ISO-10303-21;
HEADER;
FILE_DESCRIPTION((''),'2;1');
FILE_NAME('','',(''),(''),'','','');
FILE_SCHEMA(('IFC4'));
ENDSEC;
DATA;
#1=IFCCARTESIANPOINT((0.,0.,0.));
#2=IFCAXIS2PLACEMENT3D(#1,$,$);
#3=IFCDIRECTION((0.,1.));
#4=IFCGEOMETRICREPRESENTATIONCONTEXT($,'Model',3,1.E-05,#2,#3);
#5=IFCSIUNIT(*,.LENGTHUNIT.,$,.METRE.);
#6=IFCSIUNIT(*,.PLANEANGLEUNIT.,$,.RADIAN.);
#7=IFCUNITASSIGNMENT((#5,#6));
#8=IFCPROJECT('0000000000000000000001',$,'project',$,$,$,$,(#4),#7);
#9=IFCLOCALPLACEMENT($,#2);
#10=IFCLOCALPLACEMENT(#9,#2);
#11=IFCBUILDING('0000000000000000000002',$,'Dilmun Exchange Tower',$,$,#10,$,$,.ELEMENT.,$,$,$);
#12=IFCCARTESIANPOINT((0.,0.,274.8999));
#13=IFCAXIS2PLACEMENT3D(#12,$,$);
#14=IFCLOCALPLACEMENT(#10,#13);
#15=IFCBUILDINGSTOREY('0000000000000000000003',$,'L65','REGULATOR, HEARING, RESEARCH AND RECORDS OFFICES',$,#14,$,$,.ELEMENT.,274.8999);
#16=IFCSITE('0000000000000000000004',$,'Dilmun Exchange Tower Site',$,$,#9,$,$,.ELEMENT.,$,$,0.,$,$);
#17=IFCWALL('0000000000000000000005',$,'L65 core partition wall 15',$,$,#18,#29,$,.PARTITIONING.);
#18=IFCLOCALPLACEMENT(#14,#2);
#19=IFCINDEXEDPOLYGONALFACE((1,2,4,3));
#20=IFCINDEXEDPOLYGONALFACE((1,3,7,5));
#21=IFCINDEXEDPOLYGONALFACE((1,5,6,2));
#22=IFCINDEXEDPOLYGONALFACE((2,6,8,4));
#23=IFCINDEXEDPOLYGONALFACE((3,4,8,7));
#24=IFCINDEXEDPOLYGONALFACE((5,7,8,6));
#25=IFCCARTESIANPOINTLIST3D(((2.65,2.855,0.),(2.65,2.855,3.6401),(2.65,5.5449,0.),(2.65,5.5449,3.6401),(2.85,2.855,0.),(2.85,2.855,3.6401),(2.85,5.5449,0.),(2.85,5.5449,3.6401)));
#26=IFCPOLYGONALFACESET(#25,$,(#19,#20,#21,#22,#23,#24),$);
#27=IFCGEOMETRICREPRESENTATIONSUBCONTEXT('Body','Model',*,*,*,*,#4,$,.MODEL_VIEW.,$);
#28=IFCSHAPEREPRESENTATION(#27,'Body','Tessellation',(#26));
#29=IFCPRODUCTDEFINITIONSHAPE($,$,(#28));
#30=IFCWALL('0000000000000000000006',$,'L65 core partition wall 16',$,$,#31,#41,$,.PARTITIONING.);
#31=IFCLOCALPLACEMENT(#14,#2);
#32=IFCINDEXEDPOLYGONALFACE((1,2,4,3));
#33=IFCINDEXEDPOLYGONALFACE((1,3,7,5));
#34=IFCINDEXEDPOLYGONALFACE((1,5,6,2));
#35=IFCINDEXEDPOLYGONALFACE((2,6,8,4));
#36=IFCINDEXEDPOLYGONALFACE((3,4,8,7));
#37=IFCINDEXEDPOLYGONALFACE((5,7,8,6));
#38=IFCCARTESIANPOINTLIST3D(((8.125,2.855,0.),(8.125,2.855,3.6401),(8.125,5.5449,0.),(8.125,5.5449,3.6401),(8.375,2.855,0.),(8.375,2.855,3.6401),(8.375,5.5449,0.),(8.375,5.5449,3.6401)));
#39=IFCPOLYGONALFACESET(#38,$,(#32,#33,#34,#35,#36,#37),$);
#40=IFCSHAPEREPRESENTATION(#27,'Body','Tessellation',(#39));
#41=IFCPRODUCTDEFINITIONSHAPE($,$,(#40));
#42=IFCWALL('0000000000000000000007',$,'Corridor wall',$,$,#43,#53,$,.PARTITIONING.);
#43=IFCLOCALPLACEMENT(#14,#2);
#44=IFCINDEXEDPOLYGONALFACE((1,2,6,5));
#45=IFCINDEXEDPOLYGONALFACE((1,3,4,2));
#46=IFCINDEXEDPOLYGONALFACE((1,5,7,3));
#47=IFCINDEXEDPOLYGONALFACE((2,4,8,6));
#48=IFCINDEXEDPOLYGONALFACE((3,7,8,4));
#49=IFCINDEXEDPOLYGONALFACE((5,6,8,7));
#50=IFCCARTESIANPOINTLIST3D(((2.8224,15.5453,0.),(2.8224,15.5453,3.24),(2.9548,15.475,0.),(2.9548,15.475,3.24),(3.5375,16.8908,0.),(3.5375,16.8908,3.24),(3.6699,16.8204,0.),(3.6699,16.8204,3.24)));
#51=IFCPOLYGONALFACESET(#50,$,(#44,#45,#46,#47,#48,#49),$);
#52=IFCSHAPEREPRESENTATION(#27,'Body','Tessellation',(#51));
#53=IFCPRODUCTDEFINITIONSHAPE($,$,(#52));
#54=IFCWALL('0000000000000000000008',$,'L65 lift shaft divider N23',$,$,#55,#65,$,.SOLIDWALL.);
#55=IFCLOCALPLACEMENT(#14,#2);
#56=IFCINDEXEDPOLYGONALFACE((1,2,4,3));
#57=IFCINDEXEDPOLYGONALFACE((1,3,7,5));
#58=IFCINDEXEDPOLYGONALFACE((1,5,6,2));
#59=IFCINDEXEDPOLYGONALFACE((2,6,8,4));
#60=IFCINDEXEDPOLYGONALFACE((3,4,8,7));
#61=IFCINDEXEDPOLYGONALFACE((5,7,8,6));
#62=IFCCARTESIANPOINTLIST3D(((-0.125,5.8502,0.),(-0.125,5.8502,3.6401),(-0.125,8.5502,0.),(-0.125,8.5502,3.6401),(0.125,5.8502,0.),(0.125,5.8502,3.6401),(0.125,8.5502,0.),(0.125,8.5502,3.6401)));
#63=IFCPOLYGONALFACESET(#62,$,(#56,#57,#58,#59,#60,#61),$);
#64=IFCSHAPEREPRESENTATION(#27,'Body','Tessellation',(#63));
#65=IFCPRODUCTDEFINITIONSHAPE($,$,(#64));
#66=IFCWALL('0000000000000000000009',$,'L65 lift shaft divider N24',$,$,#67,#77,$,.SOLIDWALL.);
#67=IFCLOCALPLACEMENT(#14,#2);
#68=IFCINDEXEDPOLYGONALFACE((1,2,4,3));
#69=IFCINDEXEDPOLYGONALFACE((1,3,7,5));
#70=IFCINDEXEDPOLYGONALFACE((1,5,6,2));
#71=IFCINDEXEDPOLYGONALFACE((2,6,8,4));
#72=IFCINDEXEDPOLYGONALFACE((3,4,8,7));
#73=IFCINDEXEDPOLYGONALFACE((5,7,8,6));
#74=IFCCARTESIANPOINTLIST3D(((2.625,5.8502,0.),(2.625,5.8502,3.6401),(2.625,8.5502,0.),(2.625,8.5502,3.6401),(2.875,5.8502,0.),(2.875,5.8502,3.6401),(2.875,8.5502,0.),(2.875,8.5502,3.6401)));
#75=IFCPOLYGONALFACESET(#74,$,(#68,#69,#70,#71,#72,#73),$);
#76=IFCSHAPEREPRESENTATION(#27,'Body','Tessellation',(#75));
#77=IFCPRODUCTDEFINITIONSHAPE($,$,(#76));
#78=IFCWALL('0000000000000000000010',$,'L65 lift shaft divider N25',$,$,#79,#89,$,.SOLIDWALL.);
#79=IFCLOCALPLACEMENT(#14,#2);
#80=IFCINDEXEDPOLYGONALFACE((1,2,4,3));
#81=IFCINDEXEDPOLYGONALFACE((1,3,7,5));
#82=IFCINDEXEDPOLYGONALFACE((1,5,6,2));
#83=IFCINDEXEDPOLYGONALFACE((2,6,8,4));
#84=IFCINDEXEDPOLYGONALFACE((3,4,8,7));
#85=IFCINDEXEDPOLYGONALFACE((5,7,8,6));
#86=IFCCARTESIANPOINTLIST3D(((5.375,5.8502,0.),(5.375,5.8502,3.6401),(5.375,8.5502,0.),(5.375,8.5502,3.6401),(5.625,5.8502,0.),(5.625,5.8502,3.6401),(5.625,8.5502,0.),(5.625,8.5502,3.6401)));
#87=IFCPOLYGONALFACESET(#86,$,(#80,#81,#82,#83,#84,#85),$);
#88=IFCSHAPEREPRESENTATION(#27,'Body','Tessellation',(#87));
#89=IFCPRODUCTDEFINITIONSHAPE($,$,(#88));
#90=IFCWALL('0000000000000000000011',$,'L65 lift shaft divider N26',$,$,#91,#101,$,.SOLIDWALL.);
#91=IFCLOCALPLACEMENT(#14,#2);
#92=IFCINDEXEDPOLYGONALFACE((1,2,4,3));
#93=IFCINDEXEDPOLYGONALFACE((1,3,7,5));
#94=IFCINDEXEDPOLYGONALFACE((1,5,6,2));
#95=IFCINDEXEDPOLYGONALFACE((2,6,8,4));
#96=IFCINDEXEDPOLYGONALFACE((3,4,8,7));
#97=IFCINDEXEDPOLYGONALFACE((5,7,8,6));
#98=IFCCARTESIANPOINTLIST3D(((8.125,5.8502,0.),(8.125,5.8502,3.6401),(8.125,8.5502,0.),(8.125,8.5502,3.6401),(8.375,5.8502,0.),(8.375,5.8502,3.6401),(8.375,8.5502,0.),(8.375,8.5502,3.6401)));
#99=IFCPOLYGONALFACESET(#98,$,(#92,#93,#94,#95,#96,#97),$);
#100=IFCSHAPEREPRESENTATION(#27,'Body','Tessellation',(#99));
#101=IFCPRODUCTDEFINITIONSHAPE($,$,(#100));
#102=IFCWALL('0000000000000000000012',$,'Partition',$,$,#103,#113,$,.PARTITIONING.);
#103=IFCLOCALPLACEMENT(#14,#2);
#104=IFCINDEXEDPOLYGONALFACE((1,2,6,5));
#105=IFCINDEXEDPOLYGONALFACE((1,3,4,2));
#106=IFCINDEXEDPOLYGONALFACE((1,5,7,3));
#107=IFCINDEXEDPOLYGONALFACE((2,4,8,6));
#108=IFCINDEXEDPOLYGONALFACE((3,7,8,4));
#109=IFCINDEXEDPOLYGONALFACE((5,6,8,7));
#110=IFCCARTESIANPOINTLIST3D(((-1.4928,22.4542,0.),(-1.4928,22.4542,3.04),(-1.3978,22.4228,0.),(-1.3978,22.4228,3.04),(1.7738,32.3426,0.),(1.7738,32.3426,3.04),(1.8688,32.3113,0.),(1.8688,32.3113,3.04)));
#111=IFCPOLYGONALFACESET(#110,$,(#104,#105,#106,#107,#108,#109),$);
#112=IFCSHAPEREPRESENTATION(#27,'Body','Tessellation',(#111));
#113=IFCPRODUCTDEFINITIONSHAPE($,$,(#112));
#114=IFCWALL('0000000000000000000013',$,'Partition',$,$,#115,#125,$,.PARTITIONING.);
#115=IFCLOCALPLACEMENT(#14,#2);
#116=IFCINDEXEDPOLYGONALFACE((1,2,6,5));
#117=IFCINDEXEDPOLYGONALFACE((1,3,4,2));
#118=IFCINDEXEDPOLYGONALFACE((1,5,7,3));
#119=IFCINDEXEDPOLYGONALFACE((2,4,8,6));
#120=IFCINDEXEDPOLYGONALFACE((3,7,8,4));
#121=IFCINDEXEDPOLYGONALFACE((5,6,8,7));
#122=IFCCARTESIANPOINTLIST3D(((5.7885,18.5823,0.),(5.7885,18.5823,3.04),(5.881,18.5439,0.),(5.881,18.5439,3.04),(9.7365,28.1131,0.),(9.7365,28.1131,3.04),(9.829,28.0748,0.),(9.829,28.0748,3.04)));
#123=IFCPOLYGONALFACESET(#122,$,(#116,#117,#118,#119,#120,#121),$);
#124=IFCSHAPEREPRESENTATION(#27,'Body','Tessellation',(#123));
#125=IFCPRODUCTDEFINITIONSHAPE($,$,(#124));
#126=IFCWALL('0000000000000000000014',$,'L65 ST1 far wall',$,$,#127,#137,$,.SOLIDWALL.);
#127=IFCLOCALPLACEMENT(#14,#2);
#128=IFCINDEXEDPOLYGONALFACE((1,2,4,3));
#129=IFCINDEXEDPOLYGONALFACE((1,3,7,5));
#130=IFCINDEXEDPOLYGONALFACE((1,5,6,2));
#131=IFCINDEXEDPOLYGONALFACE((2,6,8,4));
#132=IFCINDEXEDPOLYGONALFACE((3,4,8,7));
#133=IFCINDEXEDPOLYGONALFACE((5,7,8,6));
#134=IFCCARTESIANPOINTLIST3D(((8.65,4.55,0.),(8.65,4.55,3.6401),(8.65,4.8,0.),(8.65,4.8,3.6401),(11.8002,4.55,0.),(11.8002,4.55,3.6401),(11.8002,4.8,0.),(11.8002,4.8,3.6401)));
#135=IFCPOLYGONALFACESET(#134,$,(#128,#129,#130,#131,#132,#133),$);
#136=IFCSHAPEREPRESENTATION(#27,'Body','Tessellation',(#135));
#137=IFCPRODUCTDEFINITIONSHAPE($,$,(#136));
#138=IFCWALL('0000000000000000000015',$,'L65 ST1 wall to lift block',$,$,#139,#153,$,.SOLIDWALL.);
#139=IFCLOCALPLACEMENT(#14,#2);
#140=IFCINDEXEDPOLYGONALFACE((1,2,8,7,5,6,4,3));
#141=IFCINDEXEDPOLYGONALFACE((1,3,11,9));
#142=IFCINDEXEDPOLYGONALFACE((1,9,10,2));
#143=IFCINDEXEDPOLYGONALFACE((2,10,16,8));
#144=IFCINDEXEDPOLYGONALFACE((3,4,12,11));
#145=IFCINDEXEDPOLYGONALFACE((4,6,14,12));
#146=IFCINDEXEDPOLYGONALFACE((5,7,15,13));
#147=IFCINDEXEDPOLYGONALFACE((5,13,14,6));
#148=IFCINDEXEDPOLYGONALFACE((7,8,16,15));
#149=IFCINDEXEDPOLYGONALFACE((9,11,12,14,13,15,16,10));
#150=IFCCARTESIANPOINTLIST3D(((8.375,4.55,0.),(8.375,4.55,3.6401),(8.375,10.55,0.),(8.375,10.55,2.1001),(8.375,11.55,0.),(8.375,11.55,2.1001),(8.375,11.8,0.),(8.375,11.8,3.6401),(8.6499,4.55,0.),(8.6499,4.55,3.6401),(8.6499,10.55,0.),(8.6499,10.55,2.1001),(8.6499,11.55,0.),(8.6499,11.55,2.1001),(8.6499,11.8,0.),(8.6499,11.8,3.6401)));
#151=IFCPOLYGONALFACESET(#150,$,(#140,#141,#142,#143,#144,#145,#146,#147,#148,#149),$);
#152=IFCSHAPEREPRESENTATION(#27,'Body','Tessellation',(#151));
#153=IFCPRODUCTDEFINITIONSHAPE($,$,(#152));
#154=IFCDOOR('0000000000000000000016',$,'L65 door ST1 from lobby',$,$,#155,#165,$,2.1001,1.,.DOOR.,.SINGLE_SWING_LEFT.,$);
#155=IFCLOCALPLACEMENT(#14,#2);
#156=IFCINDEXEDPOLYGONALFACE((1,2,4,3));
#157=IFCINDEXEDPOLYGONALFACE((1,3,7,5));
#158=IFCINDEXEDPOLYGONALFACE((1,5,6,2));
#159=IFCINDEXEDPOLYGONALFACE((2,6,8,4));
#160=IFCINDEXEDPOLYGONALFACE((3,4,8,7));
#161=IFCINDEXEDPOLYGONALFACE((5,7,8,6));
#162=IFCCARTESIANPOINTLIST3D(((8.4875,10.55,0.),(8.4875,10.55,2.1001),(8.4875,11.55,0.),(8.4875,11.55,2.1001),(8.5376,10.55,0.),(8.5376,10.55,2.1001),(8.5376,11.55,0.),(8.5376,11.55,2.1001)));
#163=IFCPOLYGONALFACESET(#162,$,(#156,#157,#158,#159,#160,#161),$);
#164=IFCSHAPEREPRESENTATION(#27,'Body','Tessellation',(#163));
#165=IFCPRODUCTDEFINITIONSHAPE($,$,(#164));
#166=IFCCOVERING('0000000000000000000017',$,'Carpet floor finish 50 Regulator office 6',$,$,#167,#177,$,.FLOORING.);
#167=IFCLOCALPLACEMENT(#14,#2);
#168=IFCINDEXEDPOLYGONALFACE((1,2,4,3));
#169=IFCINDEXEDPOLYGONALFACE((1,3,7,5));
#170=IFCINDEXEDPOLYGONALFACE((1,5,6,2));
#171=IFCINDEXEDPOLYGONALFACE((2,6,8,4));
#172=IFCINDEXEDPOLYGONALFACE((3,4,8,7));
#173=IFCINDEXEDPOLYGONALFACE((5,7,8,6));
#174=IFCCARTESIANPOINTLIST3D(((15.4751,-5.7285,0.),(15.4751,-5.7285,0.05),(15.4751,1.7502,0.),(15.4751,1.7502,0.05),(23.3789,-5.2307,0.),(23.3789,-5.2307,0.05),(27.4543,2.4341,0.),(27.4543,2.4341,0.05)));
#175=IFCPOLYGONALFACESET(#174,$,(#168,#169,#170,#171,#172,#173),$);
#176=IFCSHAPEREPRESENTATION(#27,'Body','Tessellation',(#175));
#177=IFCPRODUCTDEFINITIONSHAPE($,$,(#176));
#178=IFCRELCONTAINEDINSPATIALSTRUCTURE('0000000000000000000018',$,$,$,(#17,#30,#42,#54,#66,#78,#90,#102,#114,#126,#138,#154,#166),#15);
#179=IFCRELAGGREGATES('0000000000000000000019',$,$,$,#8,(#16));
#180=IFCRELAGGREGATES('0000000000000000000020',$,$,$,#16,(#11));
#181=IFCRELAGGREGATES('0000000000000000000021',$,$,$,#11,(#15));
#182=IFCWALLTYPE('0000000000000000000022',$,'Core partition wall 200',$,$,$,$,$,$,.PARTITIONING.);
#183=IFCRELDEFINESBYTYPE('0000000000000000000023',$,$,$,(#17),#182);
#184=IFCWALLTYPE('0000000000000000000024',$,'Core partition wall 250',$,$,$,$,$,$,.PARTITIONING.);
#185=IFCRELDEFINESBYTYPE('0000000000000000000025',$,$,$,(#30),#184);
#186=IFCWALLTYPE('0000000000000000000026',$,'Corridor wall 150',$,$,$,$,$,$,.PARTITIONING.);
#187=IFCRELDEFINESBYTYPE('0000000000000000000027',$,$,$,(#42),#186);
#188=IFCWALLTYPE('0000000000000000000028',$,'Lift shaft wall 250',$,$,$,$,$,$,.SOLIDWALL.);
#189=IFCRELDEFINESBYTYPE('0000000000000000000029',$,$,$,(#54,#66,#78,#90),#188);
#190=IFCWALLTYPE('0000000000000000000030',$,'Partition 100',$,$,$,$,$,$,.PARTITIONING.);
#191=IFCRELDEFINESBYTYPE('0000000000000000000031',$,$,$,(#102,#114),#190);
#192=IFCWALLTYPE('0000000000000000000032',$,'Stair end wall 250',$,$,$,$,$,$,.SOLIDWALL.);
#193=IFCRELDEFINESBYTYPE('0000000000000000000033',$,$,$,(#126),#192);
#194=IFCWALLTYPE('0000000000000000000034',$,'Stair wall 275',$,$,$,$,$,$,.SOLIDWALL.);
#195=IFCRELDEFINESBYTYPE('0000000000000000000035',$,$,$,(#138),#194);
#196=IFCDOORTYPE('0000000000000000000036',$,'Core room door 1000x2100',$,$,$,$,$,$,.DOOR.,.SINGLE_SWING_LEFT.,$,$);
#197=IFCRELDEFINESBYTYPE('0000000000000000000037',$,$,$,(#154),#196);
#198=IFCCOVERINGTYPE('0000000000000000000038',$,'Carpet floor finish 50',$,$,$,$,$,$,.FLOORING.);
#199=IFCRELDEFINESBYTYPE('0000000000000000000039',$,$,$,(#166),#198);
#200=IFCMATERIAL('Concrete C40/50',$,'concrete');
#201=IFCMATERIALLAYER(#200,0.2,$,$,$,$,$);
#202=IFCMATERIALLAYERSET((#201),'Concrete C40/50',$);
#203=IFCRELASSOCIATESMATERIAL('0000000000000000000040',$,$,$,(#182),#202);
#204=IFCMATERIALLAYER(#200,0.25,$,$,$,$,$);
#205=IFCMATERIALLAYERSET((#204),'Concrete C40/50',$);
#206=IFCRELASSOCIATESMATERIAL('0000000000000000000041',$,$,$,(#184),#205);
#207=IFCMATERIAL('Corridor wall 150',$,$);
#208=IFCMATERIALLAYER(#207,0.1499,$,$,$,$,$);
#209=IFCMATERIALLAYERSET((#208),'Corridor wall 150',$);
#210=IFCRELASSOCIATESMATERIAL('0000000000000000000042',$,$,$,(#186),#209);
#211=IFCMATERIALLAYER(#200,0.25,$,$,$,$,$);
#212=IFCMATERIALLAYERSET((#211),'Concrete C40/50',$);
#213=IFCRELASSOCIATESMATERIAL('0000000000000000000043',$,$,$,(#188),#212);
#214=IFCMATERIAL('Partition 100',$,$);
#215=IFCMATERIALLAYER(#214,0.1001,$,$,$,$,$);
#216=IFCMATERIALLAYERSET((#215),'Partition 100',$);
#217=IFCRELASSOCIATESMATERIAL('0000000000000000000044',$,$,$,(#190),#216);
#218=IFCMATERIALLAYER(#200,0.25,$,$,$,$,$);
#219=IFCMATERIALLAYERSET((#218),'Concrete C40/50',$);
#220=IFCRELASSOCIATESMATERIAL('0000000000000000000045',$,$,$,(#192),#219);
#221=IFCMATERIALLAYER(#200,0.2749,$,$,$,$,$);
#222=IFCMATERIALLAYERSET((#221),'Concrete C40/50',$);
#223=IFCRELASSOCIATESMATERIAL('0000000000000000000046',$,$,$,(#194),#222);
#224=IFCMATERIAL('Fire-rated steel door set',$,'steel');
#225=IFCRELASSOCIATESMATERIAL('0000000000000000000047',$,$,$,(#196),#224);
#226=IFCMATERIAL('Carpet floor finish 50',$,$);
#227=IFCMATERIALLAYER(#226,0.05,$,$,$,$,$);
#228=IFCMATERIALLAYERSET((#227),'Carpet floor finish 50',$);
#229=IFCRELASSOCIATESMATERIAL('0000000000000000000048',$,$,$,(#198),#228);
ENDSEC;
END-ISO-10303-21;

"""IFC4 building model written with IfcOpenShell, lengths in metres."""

from ifc_helpers import new_model, si_unit, direction, frame, frame_2d, origin, place, context, subcontext, project, spatial, polyline, rectangle, outline, extrude, material, layer, layer_set, type_object, element, fill, save


model = new_model("IFC4")

# Units and contexts
model_context = context("Model", 3, precision=1e-05, world=origin(), true_north=direction((0.0, 1.0)))
body_context = subcontext(model_context, "Body", "Model", "MODEL_VIEW")
ifc_project = project(units=[si_unit("LENGTHUNIT", "METRE"), si_unit("PLANEANGLEUNIT", "RADIAN")], contexts=[model_context])

# Site, building, storey
site_placement = place(None, origin())
site = spatial("IfcSite", under=ifc_project, at=site_placement, Name="Dilmun Exchange Tower Site", CompositionType="ELEMENT", RefElevation=0.0)
building_placement = place(site_placement, origin())
building = spatial("IfcBuilding", under=site, at=building_placement, Name="Dilmun Exchange Tower", CompositionType="ELEMENT")
storey_placement = place(building_placement, frame((0.0, 0.0, 274.8999)))
storey = spatial("IfcBuildingStorey", under=building, at=storey_placement, Name="L65", Description="REGULATOR, HEARING, RESEARCH AND RECORDS OFFICES", CompositionType="ELEMENT", Elevation=274.8999)

# Shared definitions
ifc_material_1 = material(Name="Concrete C40/50", Category="concrete")

# Walls
ifc_layer_1 = layer(ifc_material_1, 0.2)
ifc_layer_set_1 = layer_set([ifc_layer_1], Name="Concrete C40/50")
wall_type_1 = type_object("IfcWallType", Name="Core partition wall 200", PredefinedType="PARTITIONING", material=ifc_layer_set_1)
wall_1_placement = place(storey_placement, frame((2.75, 2.855, 0.0), z_axis=(0.0, 0.0, 1.0), x_axis=(0.0, 1.0, 0.0)))
element("IfcWall", 1, at=wall_1_placement, inside=storey, type_object=wall_type_1, Name="L65 core partition wall 15", PredefinedType="PARTITIONING", context=body_context, shape_type="SweptSolid", body=[
    extrude(rectangle(XDim=2.6899, YDim=0.2, at=frame_2d((1.345, 0.0))), origin(), (0.0, 0.0, 1.0), 3.6401),
])
ifc_layer_2 = layer(ifc_material_1, 0.25)
ifc_layer_set_2 = layer_set([ifc_layer_2], Name="Concrete C40/50")
wall_type_2 = type_object("IfcWallType", Name="Core partition wall 250", PredefinedType="PARTITIONING", material=ifc_layer_set_2)
wall_2_placement = place(storey_placement, frame((8.25, 2.855, 0.0), z_axis=(0.0, 0.0, 1.0), x_axis=(0.0, 1.0, 0.0)))
element("IfcWall", 2, at=wall_2_placement, inside=storey, type_object=wall_type_2, Name="L65 core partition wall 16", PredefinedType="PARTITIONING", context=body_context, shape_type="SweptSolid", body=[
    extrude(rectangle(XDim=2.6899, YDim=0.25, at=frame_2d((1.345, 0.0))), origin(), (0.0, 0.0, 1.0), 3.6401),
])
ifc_material_2 = material(Name="Corridor wall 150")
ifc_layer_3 = layer(ifc_material_2, 0.1499)
ifc_layer_set_3 = layer_set([ifc_layer_3], Name="Corridor wall 150")
wall_type_3 = type_object("IfcWallType", Name="Corridor wall 150", PredefinedType="PARTITIONING", material=ifc_layer_set_3)
wall_3_placement = place(storey_placement, frame((2.8887, 15.5103, 0.0), z_axis=(0.0, 0.0, 1.0), x_axis=(0.469315, 0.883031, 0.0)))
element("IfcWall", 3, at=wall_3_placement, inside=storey, type_object=wall_type_3, Name="Corridor wall", PredefinedType="PARTITIONING", context=body_context, shape_type="SweptSolid", body=[
    extrude(rectangle(XDim=1.5237, YDim=0.1499, at=frame_2d((0.7617, 0.0))), origin(), (0.0, 0.0, 1.0), 3.24),
])
ifc_layer_4 = layer(ifc_material_1, 0.25)
ifc_layer_set_4 = layer_set([ifc_layer_4], Name="Concrete C40/50")
wall_type_4 = type_object("IfcWallType", Name="Lift shaft wall 250", PredefinedType="SOLIDWALL", material=ifc_layer_set_4)
for number, where, z_axis, x_axis, name in (
    (4, (0.0, 5.8501, 0.0), (0.0, 0.0, 1.0), (0.0, 1.0, 0.0), "L65 lift shaft divider N23"),
    (5, (2.75, 5.8501, 0.0), (0.0, 0.0, 1.0), (0.0, 1.0, 0.0), "L65 lift shaft divider N24"),
    (6, (5.5, 5.8501, 0.0), (0.0, 0.0, 1.0), (0.0, 1.0, 0.0), "L65 lift shaft divider N25"),
    (7, (8.25, 5.8501, 0.0), (0.0, 0.0, 1.0), (0.0, 1.0, 0.0), "L65 lift shaft divider N26"),
):
    element("IfcWall", number, at=place(storey_placement, frame(where, z_axis=z_axis, x_axis=x_axis)), inside=storey, type_object=wall_type_4, Name=name, PredefinedType="SOLIDWALL", context=body_context, shape_type="SweptSolid", body=[
        extrude(rectangle(XDim=2.7, YDim=0.25, at=frame_2d((1.3501, 0.0))), origin(), (0.0, 0.0, 1.0), 3.6401),
    ])
ifc_material_3 = material(Name="Partition 100")
ifc_layer_5 = layer(ifc_material_3, 0.1001)
ifc_layer_set_5 = layer_set([ifc_layer_5], Name="Partition 100")
wall_type_5 = type_object("IfcWallType", Name="Partition 100", PredefinedType="PARTITIONING", material=ifc_layer_set_5)
wall_4_placement = place(storey_placement, frame((-1.4453, 22.4385, 0.0), z_axis=(0.0, 0.0, 1.0), x_axis=(0.313674, 0.949531, 0.0)))
element("IfcWall", 8, at=wall_4_placement, inside=storey, type_object=wall_type_5, Name="Partition", PredefinedType="PARTITIONING", context=body_context, shape_type="SweptSolid", body=[
    extrude(rectangle(XDim=10.4141, YDim=0.1001, at=frame_2d((5.207, 0.0))), origin(), (0.0, 0.0, 1.0), 3.04),
])
wall_5_placement = place(storey_placement, frame((5.8347, 18.563, 0.0), z_axis=(0.0, 0.0, 1.0), x_axis=(0.382702, 0.923872, 0.0)))
element("IfcWall", 9, at=wall_5_placement, inside=storey, type_object=wall_type_5, Name="Partition", PredefinedType="PARTITIONING", context=body_context, shape_type="SweptSolid", body=[
    extrude(rectangle(XDim=10.3162, YDim=0.1001, at=frame_2d((5.1582, 0.0))), origin(), (0.0, 0.0, 1.0), 3.04),
])
ifc_layer_6 = layer(ifc_material_1, 0.25)
ifc_layer_set_6 = layer_set([ifc_layer_6], Name="Concrete C40/50")
wall_type_6 = type_object("IfcWallType", Name="Stair end wall 250", PredefinedType="SOLIDWALL", material=ifc_layer_set_6)
wall_6_placement = place(storey_placement, frame((8.6499, 4.675, 0.0), z_axis=(0.0, 0.0, 1.0), x_axis=(1.0, 0.0, 0.0)))
element("IfcWall", 10, at=wall_6_placement, inside=storey, type_object=wall_type_6, Name="L65 ST1 far wall", PredefinedType="SOLIDWALL", context=body_context, shape_type="SweptSolid", body=[
    extrude(rectangle(XDim=3.1501, YDim=0.25, at=frame_2d((1.5752, 0.0))), origin(), (0.0, 0.0, 1.0), 3.6401),
])

# Wall, opening, door
ifc_layer_7 = layer(ifc_material_1, 0.2749)
ifc_layer_set_7 = layer_set([ifc_layer_7], Name="Concrete C40/50")
wall_type_7 = type_object("IfcWallType", Name="Stair wall 275", PredefinedType="SOLIDWALL", material=ifc_layer_set_7)
wall_7_placement = place(storey_placement, frame((8.5125, 4.55, 0.0), z_axis=(0.0, 0.0, 1.0), x_axis=(0.0, 1.0, 0.0)))
wall_7 = element("IfcWall", 11, at=wall_7_placement, inside=storey, type_object=wall_type_7, Name="L65 ST1 wall to lift block", PredefinedType="SOLIDWALL", context=body_context, shape_type="SweptSolid", body=[
    extrude(rectangle(XDim=7.25, YDim=0.2749, at=frame_2d((3.625, 0.0))), origin(), (0.0, 0.0, 1.0), 3.6401),
])
opening_placement = place(wall_7_placement, frame((6.0, 0.0, 0.0)))
opening = element("IfcOpeningElement", 12, at=opening_placement, cuts=wall_7, PredefinedType="OPENING", context=body_context, shape_type="SweptSolid", body=[
    extrude(rectangle(XDim=1.0, YDim=2.1001, at=frame_2d((0.5, 1.05))), frame((0.0, 0.1475, 0.0), z_axis=(0.0, -1.0, 0.0), x_axis=(1.0, 0.0, 0.0)), (0.0, 0.0, 1.0), 0.2949),
])
ifc_material_4 = material(Name="Fire-rated steel door set", Category="steel")
door_type = type_object("IfcDoorType", Name="Core room door 1000x2100", OperationType="SINGLE_SWING_LEFT", PredefinedType="DOOR", material=ifc_material_4)
door_placement = place(opening_placement, origin())
door = element("IfcDoor", 13, at=door_placement, inside=storey, type_object=door_type, Name="L65 door ST1 from lobby", OperationType="SINGLE_SWING_LEFT", OverallHeight=2.1001, OverallWidth=1.0, PredefinedType="DOOR", context=body_context, shape_type="SweptSolid", body=[
    extrude(rectangle(XDim=1.0, YDim=2.1001, at=frame_2d((0.5, 1.05))), frame((0.0, 0.0249, 0.0), z_axis=(0.0, -1.0, 0.0), x_axis=(1.0, 0.0, 0.0)), (0.0, 0.0, 1.0), 0.05),
])
fill(opening, door)

# Covering
ifc_material_5 = material(Name="Carpet floor finish 50")
ifc_layer_8 = layer(ifc_material_5, 0.05)
ifc_layer_set_8 = layer_set([ifc_layer_8], Name="Carpet floor finish 50")
covering_type_1 = type_object("IfcCoveringType", Name="Carpet floor finish 50", PredefinedType="FLOORING", material=ifc_layer_set_8)
covering_1_placement = place(storey_placement, origin())
element("IfcCovering", 14, at=covering_1_placement, inside=storey, type_object=covering_type_1, Name="Carpet floor finish 50 Regulator office 6", PredefinedType="FLOORING", context=body_context, shape_type="SweptSolid", body=[
    extrude(outline(polyline([(15.4751, 1.7502), (27.4543, 2.4341), (23.3789, -5.2307), (15.4751, -5.7285), (15.4751, 1.7502)])), origin(), (0.0, 0.0, 1.0), 0.05),
])

save(model, "model.ifc")
